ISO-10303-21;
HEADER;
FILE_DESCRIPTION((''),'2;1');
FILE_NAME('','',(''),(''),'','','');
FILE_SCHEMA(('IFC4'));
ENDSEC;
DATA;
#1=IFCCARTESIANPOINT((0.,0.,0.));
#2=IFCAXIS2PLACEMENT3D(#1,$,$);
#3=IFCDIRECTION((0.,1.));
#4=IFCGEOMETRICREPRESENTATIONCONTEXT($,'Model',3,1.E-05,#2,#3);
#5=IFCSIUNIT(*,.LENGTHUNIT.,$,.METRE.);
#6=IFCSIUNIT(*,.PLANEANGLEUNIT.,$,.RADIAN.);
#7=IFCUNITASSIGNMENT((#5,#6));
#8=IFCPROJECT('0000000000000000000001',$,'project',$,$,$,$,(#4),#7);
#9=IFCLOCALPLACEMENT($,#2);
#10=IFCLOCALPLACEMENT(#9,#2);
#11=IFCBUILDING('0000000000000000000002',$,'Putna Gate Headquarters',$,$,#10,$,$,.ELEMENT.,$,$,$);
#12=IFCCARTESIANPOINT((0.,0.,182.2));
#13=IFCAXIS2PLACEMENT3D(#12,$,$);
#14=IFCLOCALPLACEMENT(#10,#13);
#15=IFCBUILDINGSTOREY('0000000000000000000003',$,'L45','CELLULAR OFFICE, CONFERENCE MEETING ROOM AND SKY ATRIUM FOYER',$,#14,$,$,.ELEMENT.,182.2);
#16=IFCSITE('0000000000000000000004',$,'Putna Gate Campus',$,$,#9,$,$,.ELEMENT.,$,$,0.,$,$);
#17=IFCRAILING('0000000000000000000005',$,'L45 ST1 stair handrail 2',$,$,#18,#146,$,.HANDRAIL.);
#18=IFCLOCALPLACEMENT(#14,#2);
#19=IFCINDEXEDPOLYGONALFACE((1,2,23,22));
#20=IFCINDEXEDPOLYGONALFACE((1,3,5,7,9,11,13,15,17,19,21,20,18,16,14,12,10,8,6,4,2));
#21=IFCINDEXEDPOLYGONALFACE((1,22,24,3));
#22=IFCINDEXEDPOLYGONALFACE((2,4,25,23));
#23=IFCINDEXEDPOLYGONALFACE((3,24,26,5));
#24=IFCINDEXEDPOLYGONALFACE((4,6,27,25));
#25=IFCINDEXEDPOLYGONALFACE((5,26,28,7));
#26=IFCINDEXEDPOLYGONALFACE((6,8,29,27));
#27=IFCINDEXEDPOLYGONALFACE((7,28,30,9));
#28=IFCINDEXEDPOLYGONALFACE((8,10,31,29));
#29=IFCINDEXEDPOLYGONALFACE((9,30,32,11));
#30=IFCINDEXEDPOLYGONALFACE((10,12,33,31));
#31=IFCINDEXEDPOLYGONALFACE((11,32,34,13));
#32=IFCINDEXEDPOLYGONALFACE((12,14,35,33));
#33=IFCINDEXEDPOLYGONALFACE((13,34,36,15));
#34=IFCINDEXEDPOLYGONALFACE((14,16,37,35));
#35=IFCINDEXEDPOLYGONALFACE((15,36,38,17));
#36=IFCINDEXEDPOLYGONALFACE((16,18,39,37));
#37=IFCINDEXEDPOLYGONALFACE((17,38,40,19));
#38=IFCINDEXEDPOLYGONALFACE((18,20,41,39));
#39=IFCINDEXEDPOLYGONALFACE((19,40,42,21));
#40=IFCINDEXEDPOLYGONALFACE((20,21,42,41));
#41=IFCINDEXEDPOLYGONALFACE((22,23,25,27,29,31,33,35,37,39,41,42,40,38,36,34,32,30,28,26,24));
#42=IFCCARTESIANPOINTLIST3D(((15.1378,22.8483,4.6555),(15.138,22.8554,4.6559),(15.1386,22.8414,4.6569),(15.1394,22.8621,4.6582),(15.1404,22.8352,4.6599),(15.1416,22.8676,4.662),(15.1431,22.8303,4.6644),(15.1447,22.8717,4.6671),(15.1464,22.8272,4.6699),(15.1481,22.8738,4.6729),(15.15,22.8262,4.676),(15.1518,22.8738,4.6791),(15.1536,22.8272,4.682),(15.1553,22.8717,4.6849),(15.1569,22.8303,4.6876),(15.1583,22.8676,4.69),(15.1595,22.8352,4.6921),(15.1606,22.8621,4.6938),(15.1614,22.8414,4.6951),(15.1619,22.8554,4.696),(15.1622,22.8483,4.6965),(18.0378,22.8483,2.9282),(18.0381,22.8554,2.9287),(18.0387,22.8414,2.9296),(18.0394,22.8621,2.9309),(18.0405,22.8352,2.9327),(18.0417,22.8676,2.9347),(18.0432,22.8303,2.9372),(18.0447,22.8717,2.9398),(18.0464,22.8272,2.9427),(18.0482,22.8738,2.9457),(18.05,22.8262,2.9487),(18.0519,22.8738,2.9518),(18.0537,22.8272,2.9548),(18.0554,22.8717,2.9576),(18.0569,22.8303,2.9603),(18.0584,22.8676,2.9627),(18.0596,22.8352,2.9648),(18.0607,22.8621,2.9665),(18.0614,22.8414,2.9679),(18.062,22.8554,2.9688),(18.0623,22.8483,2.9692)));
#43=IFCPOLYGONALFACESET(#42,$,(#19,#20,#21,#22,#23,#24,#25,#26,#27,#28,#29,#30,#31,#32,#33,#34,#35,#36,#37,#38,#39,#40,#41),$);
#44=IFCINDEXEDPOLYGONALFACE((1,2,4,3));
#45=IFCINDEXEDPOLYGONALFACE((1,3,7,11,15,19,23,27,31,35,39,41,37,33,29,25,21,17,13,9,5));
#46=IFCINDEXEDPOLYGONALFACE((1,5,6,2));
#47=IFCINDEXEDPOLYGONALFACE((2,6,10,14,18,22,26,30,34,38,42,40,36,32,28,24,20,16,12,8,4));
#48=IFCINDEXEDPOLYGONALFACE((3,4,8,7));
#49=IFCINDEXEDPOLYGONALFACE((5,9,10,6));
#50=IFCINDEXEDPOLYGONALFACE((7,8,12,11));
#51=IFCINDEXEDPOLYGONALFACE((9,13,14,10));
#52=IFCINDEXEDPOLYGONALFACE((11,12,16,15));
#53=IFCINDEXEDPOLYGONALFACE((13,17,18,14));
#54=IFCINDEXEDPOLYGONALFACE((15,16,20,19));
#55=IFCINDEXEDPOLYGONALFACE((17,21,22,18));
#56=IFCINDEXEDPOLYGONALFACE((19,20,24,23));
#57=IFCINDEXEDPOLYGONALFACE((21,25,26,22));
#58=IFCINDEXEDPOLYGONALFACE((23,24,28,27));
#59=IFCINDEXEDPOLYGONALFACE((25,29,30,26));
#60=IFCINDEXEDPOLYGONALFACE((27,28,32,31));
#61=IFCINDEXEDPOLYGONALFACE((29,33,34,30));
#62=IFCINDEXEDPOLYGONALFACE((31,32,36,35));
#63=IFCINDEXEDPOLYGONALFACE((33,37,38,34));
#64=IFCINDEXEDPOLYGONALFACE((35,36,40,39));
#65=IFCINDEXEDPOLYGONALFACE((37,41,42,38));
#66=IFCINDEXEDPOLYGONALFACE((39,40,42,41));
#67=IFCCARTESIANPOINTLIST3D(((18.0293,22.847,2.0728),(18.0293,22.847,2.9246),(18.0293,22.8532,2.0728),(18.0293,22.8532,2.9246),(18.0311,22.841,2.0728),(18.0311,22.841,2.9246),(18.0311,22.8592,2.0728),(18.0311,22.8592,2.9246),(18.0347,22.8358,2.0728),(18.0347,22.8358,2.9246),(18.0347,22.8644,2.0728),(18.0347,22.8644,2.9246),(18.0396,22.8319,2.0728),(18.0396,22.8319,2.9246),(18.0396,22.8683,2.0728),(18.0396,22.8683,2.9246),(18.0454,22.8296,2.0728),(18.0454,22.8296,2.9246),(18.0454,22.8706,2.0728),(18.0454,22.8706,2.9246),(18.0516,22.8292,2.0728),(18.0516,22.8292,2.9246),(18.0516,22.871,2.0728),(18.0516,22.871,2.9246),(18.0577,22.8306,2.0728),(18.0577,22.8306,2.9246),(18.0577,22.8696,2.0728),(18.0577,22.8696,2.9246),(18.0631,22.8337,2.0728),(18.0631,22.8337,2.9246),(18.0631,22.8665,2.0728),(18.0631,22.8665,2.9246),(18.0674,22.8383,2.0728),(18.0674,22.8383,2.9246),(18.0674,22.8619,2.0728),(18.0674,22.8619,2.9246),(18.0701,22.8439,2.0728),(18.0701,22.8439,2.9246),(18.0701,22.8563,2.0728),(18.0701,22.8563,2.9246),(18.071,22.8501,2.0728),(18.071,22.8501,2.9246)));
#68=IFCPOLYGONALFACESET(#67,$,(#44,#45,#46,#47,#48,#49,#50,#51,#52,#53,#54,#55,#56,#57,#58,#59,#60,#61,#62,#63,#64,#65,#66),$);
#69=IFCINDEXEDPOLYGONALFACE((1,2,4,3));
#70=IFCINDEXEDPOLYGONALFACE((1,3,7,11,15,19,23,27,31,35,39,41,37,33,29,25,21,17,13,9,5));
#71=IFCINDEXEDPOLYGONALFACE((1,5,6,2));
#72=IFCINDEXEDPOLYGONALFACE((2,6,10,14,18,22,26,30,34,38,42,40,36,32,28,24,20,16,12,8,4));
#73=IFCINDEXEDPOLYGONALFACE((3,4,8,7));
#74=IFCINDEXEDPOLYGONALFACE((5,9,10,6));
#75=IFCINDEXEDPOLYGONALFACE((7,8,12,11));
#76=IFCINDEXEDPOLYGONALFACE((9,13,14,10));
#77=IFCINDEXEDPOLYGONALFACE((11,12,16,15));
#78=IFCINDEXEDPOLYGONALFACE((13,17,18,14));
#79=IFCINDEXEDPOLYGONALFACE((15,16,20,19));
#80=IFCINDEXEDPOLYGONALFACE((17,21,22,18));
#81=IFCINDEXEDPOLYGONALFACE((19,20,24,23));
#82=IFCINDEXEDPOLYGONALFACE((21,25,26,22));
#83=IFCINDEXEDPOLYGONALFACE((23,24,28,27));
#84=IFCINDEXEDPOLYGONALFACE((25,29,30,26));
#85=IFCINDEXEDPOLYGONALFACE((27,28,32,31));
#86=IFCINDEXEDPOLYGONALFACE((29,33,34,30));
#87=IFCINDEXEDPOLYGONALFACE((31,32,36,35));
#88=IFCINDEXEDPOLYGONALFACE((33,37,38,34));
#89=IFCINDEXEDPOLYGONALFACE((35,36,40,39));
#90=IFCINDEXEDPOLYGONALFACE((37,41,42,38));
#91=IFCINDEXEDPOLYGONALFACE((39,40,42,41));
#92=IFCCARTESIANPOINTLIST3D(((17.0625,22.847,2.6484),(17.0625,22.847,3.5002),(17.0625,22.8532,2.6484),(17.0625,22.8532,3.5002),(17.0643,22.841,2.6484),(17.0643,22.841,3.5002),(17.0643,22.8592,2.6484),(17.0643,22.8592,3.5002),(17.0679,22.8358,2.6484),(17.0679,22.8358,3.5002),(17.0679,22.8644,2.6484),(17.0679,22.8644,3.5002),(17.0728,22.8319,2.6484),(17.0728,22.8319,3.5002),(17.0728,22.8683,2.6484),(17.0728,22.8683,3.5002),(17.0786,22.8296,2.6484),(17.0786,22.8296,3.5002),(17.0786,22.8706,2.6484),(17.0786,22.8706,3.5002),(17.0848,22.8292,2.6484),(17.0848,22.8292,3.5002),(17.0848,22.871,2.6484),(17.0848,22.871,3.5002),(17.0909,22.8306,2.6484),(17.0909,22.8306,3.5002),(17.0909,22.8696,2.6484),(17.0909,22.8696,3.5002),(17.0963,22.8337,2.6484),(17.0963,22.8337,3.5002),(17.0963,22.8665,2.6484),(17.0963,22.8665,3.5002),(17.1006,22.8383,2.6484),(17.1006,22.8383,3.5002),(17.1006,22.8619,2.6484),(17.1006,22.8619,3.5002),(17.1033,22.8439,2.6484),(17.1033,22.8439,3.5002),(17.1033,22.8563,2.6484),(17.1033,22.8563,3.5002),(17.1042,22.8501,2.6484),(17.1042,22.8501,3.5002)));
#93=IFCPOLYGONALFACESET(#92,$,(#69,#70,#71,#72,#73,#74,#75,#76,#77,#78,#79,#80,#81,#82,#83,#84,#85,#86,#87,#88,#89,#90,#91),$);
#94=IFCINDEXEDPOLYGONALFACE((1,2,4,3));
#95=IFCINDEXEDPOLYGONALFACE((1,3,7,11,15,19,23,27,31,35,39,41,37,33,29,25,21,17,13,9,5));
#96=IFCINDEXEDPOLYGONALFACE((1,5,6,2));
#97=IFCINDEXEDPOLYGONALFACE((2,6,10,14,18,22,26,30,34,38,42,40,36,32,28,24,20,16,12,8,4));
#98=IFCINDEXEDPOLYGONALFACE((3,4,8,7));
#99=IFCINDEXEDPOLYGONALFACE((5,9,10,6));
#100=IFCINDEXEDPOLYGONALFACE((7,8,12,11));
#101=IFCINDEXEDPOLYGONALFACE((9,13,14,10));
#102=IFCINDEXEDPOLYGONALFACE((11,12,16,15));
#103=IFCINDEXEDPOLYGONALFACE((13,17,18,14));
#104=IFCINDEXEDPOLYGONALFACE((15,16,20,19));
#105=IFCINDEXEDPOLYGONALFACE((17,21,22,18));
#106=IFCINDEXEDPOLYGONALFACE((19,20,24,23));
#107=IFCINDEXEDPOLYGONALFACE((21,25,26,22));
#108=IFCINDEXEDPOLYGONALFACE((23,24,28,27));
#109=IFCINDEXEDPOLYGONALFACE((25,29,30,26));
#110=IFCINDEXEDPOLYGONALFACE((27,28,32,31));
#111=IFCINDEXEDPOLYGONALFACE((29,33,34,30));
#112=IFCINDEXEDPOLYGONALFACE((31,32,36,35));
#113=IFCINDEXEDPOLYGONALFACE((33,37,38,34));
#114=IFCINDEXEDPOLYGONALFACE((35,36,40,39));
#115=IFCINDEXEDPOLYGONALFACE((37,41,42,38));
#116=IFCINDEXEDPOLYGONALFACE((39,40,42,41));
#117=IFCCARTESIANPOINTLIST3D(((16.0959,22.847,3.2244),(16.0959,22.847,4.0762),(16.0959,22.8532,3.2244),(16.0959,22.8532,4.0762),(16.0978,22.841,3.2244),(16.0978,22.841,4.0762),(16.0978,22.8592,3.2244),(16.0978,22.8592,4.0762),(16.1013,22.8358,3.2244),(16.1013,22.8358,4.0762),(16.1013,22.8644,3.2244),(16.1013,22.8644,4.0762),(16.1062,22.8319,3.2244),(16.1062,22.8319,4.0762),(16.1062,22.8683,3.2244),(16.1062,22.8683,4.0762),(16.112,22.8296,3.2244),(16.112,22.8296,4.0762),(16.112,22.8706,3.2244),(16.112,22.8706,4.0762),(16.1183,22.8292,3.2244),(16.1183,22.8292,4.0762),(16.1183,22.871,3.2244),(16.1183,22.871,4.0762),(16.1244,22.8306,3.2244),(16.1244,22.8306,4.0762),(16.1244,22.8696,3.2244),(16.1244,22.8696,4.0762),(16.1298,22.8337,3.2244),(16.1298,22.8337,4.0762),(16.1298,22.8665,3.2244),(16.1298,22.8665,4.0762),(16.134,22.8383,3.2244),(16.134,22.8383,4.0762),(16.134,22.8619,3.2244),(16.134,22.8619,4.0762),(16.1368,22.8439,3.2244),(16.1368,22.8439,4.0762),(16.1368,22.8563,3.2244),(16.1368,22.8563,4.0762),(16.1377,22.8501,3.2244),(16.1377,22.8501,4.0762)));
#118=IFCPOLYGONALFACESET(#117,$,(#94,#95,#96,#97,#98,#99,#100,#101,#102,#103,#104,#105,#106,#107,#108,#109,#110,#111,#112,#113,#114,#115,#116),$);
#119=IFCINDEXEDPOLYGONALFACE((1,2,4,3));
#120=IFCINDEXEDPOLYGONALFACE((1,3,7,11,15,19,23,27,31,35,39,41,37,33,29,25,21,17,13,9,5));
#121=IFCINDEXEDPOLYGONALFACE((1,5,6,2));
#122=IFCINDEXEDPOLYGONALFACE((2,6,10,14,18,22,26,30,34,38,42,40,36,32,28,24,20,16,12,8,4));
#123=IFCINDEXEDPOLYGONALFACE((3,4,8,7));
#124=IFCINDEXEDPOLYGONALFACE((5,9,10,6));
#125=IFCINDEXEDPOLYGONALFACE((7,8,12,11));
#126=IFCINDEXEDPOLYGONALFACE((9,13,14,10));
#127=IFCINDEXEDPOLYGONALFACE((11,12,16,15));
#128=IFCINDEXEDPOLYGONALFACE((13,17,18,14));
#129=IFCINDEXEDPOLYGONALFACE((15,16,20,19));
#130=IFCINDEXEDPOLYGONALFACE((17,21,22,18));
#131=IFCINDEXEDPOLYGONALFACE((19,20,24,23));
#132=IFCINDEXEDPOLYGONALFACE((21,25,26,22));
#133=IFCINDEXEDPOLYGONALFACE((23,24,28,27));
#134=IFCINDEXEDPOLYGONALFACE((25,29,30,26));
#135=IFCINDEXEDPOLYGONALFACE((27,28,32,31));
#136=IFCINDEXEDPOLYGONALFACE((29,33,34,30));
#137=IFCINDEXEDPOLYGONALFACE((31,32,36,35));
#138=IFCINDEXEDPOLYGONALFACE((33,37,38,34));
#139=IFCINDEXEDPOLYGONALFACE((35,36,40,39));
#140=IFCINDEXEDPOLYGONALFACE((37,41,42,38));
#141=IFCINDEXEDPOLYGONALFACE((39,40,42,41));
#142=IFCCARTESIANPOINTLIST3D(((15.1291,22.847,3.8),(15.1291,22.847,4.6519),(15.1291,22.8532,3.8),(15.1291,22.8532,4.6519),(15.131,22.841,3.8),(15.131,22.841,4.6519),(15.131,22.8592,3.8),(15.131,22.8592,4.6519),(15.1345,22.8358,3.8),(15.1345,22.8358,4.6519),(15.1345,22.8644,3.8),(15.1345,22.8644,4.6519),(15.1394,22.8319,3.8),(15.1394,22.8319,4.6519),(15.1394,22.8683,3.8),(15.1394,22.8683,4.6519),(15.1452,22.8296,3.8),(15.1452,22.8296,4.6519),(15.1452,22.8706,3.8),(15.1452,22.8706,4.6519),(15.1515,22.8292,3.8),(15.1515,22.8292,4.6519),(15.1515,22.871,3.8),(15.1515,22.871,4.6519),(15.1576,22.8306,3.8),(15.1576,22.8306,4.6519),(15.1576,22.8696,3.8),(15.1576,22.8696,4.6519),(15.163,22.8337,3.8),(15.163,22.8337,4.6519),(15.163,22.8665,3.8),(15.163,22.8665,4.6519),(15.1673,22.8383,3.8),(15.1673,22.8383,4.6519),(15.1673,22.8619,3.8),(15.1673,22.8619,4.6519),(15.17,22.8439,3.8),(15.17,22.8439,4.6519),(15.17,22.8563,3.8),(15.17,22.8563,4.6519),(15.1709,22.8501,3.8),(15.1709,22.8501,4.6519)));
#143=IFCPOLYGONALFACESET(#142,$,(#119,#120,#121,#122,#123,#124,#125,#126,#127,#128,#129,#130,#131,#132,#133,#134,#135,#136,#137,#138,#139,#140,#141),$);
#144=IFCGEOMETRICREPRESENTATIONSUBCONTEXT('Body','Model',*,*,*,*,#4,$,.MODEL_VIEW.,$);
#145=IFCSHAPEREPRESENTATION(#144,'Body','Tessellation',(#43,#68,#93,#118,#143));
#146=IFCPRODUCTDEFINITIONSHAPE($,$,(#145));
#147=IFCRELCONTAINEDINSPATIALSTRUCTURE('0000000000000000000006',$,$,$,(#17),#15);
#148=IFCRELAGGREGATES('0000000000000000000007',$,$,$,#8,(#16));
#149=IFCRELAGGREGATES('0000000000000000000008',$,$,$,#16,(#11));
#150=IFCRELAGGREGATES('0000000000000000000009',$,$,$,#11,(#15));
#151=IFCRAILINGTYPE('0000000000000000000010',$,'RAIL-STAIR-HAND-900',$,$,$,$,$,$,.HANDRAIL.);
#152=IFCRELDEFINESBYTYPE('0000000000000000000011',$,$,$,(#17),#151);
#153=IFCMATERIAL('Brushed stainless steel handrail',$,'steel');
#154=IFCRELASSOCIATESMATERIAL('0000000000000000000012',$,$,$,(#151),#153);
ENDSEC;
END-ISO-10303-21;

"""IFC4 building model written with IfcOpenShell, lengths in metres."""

from ifc_helpers import new_model, si_unit, direction, frame, origin, origin_2d, place, context, subcontext, project, spatial, circle, extrude, material, type_object, element, save


model = new_model("IFC4")

# Units and contexts
model_context = context("Model", 3, precision=1e-05, world=origin(), true_north=direction((0.0, 1.0)))
body_context = subcontext(model_context, "Body", "Model", "MODEL_VIEW")
ifc_project = project(units=[si_unit("LENGTHUNIT", "METRE"), si_unit("PLANEANGLEUNIT", "RADIAN")], contexts=[model_context])

# Site, building, storey
site_placement = place(None, origin())
site = spatial("IfcSite", under=ifc_project, at=site_placement, Name="Putna Gate Campus", CompositionType="ELEMENT", RefElevation=0.0)
building_placement = place(site_placement, origin())
building = spatial("IfcBuilding", under=site, at=building_placement, Name="Putna Gate Headquarters", CompositionType="ELEMENT")
storey_placement = place(building_placement, frame((0.0, 0.0, 182.2)))
storey = spatial("IfcBuildingStorey", under=building, at=storey_placement, Name="L45", Description="CELLULAR OFFICE, CONFERENCE MEETING ROOM AND SKY ATRIUM FOYER", CompositionType="ELEMENT", Elevation=182.2)

# Railing
ifc_material_1 = material(Name="Brushed stainless steel handrail", Category="steel")
railing_type_1 = type_object("IfcRailingType", Name="RAIL-STAIR-HAND-900", PredefinedType="HANDRAIL", material=ifc_material_1)
railing_1_placement = place(storey_placement, frame((18.05, 22.8501, 2.0728)))
element("IfcRailing", 1, at=railing_1_placement, inside=storey, type_object=railing_type_1, Name="L45 ST1 stair handrail 2", PredefinedType="HANDRAIL", context=body_context, shape_type="SweptSolid", body=[
    extrude(circle(Radius=0.0239, at=origin_2d()), frame((0.0, 0.0, 0.876), z_axis=(-0.85916, 0.0, 0.511706), x_axis=(0.0, -1.0, 0.0)), (0.0, 0.0, 1.0), 3.3755),
    extrude(circle(Radius=0.021, at=origin_2d()), origin(), (0.0, 0.0, 1.0), 0.8518),
    extrude(circle(Radius=0.021, at=origin_2d()), frame((-0.9668, 0.0, 0.5757)), (0.0, 0.0, 1.0), 0.8518),
    extrude(circle(Radius=0.021, at=origin_2d()), frame((-1.9333, 0.0, 1.1516)), (0.0, 0.0, 1.0), 0.8518),
    extrude(circle(Radius=0.021, at=origin_2d()), frame((-2.9001, 0.0, 1.7273)), (0.0, 0.0, 1.0), 0.8518),
])

save(model, "model.ifc")
